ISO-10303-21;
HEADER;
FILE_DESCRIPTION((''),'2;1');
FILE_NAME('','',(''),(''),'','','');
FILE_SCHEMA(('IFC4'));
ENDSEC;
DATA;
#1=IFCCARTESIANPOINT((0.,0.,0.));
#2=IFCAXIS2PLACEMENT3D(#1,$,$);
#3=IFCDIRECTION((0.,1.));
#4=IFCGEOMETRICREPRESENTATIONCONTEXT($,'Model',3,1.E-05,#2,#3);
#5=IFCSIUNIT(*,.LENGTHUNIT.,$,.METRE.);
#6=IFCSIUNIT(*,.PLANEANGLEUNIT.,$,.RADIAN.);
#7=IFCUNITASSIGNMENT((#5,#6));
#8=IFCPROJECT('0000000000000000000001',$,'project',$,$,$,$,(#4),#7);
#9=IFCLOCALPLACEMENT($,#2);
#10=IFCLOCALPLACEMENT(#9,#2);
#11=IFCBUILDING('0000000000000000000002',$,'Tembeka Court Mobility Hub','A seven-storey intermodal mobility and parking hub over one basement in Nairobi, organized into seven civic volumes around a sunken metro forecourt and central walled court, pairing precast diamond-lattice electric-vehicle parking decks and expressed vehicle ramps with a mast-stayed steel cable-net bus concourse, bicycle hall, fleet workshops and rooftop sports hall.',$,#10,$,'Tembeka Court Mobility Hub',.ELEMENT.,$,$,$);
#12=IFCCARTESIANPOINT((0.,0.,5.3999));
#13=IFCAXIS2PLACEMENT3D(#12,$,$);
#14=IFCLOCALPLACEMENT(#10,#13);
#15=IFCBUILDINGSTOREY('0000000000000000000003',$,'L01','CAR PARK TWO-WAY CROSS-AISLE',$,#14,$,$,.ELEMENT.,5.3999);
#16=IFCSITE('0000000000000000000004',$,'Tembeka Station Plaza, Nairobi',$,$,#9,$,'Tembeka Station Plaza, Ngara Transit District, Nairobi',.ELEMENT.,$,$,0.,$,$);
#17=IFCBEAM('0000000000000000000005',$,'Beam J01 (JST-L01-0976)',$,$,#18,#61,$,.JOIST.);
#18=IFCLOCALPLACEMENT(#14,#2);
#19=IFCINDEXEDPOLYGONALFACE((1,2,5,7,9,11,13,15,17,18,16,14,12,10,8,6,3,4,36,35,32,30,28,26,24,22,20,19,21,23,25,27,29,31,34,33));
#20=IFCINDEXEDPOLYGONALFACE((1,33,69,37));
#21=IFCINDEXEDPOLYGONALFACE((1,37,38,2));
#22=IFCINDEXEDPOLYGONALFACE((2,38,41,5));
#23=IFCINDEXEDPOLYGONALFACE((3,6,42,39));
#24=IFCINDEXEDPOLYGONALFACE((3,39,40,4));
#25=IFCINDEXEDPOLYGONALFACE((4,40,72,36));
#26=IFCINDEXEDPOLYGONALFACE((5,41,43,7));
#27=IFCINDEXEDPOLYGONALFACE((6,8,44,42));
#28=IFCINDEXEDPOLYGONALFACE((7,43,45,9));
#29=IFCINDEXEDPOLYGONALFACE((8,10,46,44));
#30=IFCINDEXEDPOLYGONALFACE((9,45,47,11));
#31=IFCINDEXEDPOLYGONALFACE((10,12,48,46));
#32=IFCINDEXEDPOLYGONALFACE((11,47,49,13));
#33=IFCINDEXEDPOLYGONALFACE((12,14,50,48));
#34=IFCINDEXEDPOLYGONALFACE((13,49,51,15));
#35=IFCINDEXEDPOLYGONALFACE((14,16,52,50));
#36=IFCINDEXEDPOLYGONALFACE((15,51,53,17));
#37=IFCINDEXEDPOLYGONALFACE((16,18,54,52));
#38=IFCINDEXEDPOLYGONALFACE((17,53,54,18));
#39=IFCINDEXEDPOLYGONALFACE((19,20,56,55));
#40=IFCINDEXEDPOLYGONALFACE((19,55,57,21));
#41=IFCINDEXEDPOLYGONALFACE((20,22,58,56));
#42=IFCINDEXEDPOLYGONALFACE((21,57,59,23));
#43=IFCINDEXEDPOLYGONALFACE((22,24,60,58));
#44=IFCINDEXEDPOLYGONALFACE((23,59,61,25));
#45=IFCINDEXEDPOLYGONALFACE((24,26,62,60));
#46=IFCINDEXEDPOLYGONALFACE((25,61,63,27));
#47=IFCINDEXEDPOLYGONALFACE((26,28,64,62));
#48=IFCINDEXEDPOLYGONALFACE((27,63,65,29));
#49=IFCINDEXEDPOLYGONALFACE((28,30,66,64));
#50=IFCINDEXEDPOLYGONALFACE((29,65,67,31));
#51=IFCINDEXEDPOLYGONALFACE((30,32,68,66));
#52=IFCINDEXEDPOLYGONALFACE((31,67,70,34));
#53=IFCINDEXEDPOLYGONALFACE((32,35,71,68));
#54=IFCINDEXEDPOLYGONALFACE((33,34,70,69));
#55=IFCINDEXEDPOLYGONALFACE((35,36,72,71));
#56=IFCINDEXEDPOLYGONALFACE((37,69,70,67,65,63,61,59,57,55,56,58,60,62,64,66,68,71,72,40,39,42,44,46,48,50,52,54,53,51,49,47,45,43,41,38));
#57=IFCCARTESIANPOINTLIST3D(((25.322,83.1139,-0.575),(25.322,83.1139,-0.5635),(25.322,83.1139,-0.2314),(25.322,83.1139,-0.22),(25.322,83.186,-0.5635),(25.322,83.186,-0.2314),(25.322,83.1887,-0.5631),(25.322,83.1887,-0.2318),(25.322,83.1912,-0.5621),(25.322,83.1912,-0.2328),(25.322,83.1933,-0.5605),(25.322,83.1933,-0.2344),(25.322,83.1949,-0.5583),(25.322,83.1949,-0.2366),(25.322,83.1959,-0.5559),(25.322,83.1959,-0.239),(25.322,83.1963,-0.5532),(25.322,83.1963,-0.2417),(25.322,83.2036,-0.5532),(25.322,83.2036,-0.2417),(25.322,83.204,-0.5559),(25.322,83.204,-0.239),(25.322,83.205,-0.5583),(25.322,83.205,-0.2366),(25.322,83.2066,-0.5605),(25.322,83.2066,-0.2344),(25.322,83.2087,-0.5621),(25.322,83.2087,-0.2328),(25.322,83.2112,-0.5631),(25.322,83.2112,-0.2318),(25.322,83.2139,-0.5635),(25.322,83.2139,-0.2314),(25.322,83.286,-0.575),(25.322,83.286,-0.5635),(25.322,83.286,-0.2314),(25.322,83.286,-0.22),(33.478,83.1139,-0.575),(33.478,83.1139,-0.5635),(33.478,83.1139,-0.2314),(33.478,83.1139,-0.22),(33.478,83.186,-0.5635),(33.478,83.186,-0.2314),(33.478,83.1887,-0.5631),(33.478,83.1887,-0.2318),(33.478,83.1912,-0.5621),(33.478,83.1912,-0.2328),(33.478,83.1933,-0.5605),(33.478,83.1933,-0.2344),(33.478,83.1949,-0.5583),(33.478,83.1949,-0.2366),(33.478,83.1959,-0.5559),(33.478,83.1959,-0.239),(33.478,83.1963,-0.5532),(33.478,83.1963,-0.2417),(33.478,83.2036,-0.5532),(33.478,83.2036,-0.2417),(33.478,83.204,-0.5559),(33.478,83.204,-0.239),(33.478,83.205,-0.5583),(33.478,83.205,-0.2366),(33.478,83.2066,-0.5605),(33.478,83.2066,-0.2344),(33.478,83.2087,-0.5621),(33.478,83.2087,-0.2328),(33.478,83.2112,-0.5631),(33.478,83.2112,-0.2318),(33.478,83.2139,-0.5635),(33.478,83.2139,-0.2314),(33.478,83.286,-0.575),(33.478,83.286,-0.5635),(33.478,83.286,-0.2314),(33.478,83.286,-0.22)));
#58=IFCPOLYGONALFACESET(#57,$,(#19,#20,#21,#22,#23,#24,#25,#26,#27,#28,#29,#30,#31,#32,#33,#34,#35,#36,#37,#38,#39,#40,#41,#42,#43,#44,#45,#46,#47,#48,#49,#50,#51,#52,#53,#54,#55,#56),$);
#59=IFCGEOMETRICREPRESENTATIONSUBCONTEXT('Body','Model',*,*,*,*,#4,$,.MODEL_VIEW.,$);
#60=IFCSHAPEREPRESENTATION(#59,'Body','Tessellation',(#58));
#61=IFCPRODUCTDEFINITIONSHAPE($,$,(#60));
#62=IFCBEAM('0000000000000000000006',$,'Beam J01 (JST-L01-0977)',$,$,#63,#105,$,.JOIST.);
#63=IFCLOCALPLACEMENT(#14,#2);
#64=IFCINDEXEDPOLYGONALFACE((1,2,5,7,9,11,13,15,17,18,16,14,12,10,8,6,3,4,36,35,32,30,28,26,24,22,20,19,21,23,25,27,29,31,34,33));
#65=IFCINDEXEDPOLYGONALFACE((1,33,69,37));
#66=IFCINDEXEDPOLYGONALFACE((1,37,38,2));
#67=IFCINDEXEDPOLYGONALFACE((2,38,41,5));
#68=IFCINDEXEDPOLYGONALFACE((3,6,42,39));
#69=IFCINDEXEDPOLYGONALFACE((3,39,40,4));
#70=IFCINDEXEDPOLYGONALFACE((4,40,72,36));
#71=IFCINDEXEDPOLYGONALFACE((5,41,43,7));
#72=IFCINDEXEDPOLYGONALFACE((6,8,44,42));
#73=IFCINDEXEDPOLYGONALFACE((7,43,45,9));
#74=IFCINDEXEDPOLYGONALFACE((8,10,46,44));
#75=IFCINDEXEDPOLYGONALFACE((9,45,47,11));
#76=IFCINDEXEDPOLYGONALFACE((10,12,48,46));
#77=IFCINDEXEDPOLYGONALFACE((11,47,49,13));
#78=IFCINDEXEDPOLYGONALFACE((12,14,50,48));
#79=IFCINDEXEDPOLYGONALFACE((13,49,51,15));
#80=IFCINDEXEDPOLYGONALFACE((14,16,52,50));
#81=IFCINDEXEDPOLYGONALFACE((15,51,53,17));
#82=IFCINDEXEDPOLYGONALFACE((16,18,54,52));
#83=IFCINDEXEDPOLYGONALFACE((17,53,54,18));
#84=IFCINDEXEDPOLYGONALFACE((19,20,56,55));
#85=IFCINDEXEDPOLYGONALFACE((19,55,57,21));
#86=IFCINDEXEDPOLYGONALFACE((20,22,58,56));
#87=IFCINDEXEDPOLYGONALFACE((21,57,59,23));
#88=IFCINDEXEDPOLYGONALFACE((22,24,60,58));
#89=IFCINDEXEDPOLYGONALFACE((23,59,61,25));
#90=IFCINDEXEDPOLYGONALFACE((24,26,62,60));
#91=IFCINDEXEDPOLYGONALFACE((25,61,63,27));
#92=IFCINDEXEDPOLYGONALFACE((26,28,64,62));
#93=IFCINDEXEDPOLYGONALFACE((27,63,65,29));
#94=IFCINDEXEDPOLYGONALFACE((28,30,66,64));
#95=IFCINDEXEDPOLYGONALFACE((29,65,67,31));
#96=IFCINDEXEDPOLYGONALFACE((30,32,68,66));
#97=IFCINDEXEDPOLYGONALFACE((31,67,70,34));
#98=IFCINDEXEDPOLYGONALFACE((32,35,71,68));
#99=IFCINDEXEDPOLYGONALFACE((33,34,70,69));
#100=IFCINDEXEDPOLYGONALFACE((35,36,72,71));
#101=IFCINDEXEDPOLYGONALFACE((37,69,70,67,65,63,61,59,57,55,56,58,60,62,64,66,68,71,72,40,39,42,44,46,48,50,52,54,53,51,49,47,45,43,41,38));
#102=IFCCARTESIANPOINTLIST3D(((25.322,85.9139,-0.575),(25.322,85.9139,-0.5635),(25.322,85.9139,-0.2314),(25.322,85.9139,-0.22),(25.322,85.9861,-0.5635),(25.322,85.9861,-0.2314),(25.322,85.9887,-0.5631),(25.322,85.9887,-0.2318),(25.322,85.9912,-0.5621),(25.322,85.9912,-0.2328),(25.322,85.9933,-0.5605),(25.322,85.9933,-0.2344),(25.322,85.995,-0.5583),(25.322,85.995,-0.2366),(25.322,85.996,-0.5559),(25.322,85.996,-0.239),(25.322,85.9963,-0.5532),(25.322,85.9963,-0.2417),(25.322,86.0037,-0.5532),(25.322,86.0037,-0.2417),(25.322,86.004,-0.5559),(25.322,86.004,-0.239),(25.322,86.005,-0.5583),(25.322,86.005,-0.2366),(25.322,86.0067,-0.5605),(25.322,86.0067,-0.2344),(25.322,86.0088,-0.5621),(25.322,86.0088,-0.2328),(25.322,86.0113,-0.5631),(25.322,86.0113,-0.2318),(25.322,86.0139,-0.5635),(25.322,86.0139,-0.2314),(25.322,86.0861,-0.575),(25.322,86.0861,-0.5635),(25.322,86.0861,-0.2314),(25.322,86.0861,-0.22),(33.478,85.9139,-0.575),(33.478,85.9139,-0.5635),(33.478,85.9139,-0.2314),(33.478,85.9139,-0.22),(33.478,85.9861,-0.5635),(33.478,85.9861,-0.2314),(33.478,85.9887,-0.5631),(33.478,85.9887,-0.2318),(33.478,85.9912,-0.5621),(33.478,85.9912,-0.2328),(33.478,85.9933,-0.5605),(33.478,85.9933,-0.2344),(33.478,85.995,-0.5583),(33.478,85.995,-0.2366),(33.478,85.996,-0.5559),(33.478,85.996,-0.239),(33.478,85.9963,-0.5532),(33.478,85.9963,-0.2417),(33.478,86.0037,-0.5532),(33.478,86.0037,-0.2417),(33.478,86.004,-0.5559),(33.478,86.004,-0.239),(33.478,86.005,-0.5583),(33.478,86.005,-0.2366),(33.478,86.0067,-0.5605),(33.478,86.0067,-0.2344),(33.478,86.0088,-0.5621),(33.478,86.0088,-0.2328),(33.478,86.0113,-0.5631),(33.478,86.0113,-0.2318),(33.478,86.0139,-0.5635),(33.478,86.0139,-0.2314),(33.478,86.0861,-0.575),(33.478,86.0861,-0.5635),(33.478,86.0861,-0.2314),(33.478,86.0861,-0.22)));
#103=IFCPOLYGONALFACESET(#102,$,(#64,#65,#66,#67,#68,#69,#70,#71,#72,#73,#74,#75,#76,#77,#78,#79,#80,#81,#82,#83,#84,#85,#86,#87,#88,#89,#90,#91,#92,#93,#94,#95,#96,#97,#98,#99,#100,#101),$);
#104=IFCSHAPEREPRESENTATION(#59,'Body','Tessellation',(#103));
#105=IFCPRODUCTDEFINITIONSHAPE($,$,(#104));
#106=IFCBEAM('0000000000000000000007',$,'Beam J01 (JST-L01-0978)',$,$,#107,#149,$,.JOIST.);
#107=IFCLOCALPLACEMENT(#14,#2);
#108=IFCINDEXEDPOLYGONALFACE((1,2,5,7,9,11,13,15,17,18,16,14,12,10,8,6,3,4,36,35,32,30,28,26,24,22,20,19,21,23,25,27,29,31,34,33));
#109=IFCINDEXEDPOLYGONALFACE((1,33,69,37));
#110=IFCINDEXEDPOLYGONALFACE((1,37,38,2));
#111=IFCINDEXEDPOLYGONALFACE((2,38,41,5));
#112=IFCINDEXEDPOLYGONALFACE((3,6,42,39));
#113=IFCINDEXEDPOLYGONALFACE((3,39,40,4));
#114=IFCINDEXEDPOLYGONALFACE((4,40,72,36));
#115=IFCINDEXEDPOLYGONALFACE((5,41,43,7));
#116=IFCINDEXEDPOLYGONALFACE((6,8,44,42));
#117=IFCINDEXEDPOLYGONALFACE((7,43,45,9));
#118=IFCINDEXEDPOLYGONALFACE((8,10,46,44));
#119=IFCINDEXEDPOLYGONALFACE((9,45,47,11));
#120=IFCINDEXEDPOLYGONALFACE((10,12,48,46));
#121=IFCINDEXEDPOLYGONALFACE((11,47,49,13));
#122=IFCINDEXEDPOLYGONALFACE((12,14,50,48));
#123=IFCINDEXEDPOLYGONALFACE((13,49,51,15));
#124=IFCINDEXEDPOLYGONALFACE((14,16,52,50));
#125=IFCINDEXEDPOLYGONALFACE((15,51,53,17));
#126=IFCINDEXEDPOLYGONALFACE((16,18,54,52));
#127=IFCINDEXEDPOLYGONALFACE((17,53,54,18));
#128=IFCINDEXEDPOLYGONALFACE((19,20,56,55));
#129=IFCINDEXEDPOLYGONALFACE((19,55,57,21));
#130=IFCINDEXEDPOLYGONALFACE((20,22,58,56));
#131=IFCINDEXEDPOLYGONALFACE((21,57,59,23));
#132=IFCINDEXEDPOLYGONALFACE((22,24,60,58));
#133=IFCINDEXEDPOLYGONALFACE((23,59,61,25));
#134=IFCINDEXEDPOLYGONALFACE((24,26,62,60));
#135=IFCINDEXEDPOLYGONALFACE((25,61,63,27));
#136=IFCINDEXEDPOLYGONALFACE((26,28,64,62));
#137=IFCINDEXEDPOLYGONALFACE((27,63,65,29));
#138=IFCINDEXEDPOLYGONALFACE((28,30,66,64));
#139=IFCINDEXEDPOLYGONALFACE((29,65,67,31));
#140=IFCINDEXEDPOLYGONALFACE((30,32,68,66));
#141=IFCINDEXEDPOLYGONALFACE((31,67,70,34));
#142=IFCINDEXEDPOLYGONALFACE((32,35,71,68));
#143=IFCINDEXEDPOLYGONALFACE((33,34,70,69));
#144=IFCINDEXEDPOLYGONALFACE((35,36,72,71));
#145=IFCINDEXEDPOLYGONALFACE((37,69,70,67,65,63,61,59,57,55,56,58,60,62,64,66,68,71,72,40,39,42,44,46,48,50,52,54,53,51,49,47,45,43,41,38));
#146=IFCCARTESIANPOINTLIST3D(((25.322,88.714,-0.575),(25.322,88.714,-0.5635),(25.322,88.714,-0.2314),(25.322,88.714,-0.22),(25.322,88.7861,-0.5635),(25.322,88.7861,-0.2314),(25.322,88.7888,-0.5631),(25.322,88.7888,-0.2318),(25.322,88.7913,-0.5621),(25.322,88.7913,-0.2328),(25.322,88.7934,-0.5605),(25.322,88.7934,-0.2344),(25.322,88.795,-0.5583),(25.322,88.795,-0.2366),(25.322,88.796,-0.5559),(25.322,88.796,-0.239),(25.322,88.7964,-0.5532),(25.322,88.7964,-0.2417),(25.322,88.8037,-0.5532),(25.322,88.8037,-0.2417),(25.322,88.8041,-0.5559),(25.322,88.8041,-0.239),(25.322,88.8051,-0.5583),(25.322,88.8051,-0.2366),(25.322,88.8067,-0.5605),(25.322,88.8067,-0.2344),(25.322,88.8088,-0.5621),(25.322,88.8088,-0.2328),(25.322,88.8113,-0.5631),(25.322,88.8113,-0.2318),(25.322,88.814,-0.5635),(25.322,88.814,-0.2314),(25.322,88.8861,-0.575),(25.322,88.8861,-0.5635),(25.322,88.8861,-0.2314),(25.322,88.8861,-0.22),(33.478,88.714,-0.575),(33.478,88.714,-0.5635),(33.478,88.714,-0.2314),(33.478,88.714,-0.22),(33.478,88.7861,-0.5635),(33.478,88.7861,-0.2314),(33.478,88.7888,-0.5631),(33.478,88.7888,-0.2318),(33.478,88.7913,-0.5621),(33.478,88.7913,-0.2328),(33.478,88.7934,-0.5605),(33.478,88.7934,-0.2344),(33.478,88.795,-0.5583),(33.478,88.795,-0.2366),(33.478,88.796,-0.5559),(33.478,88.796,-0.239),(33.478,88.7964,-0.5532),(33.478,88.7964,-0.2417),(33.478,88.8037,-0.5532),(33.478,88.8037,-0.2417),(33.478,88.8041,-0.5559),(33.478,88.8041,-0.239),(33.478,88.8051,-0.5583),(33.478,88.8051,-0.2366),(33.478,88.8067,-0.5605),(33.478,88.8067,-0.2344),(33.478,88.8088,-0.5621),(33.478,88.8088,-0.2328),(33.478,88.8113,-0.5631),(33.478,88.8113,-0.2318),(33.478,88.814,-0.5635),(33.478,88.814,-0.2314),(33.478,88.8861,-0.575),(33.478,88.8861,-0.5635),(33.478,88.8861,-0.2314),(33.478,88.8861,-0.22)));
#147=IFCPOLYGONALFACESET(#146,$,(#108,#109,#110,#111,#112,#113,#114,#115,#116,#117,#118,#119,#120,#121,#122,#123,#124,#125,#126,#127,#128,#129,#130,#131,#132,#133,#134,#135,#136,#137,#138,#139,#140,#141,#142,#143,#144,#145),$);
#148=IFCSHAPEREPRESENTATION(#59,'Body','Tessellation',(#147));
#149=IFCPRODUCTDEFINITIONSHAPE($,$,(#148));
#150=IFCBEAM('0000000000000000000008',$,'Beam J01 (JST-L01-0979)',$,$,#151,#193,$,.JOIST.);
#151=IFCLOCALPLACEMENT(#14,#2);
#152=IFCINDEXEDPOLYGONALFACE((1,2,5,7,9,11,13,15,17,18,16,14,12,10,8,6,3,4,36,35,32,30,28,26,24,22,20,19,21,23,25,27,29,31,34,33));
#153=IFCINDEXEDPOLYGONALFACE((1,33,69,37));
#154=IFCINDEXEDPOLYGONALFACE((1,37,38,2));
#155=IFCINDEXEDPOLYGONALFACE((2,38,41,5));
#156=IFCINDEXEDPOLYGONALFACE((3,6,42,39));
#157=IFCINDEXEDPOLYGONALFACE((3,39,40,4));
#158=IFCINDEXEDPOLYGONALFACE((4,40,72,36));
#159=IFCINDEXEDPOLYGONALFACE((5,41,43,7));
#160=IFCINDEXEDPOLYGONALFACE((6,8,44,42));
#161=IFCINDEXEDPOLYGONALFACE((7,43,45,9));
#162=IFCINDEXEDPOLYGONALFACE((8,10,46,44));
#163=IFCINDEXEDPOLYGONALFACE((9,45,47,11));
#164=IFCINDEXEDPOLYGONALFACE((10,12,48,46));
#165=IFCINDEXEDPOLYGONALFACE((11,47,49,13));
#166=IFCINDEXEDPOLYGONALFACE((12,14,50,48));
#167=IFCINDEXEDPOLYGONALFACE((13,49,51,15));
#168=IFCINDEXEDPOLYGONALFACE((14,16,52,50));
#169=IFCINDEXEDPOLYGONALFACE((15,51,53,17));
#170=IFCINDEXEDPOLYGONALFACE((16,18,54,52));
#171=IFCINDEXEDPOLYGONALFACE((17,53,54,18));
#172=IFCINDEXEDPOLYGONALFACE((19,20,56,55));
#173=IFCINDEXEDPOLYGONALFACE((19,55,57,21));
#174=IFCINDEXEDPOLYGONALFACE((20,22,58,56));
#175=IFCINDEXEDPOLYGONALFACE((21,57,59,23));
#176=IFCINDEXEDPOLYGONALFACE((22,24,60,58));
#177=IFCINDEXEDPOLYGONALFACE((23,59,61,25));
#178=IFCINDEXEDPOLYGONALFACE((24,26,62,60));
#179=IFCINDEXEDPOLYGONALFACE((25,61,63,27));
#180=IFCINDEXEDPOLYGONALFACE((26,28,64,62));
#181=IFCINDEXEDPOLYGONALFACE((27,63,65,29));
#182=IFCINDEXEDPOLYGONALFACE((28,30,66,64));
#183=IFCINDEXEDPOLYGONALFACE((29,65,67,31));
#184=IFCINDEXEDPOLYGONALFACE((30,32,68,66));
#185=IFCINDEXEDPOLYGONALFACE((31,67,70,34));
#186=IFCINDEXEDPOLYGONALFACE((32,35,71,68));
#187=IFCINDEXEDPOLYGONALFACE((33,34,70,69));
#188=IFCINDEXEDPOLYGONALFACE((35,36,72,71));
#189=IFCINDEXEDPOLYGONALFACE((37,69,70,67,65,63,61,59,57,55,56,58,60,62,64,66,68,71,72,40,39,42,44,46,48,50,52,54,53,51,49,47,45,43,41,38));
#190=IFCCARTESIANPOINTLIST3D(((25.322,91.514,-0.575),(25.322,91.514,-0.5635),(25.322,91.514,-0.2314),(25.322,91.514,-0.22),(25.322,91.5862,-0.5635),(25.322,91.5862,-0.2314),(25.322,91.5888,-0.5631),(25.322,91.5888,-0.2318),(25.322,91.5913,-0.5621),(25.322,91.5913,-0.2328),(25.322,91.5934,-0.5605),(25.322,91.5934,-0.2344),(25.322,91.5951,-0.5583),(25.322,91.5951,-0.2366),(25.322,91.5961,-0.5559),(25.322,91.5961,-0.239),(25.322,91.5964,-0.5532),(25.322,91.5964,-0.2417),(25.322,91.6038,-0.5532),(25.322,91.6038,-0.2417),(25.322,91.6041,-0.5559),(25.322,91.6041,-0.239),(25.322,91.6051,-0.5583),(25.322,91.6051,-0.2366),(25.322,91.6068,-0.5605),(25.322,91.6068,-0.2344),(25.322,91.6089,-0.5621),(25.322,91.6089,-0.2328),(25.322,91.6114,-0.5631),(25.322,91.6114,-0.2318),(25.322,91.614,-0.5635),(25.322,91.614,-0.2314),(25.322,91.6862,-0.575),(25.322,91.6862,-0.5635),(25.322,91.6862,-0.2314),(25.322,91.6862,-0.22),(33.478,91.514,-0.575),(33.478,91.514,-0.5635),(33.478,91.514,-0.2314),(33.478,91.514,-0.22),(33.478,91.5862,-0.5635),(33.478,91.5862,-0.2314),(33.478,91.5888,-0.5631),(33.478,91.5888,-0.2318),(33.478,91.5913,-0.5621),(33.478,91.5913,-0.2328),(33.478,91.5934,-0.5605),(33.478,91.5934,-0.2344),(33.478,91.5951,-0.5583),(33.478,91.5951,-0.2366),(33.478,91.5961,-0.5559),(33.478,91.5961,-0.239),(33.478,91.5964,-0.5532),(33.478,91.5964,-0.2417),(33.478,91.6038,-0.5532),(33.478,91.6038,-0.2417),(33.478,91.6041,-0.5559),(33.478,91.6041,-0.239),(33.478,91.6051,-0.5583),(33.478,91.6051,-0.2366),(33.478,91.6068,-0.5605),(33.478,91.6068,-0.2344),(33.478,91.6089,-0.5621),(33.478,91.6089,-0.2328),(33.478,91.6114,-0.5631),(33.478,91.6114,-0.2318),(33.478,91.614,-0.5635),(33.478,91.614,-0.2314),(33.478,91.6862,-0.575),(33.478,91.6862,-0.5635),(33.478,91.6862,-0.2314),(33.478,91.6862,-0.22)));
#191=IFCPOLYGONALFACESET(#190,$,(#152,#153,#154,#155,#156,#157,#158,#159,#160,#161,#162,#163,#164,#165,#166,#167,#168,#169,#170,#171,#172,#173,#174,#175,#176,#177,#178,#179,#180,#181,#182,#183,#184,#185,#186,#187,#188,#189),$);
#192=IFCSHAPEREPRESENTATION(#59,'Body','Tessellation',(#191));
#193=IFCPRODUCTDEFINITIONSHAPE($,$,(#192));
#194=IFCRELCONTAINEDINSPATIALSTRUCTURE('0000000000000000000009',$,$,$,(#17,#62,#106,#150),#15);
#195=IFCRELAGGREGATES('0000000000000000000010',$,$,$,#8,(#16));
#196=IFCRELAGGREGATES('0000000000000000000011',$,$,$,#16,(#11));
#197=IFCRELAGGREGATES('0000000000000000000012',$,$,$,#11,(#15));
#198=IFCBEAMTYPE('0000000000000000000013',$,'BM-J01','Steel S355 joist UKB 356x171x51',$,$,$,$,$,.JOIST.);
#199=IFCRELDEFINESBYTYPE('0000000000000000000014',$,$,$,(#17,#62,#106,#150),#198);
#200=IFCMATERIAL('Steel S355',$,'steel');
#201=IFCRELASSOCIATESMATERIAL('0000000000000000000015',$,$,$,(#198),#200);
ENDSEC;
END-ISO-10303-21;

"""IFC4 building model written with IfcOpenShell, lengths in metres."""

from ifc_helpers import new_model, si_unit, direction, frame, origin, origin_2d, place, context, subcontext, project, spatial, i_section, extrude, material, material_profile, profile_set, type_object, element, save


model = new_model("IFC4")

# Units and contexts
model_context = context("Model", 3, precision=1e-05, world=origin(), true_north=direction((0.0, 1.0)))
body_context = subcontext(model_context, "Body", "Model", "MODEL_VIEW")
ifc_project = project(units=[si_unit("LENGTHUNIT", "METRE"), si_unit("PLANEANGLEUNIT", "RADIAN")], contexts=[model_context])

# Site, building, storey
site_placement = place(None, origin())
site = spatial("IfcSite", under=ifc_project, at=site_placement, Name="Tembeka Station Plaza, Nairobi", LongName="Tembeka Station Plaza, Ngara Transit District, Nairobi", CompositionType="ELEMENT", RefElevation=0.0)
building_placement = place(site_placement, origin())
building = spatial("IfcBuilding", under=site, at=building_placement, Name="Tembeka Court Mobility Hub", Description="A seven-storey intermodal mobility and parking hub over one basement in Nairobi, organized into seven civic volumes around a sunken metro forecourt and central walled court, pairing precast diamond-lattice electric-vehicle parking decks and expressed vehicle ramps with a mast-stayed steel cable-net bus concourse, bicycle hall, fleet workshops and rooftop sports hall.", LongName="Tembeka Court Mobility Hub", CompositionType="ELEMENT")
storey_placement = place(building_placement, frame((0.0, 0.0, 5.3999)))
storey = spatial("IfcBuildingStorey", under=building, at=storey_placement, Name="L01", Description="CAR PARK TWO-WAY CROSS-AISLE", CompositionType="ELEMENT", Elevation=5.3999)

# Shared definitions
ifc_material = material(Name="Steel S355", Category="steel")

# Beams
ifc_material_profile_1 = material_profile(ifc_material, i_section(OverallWidth=0.1721, OverallDepth=0.355, WebThickness=0.0073, FlangeThickness=0.0115, FilletRadius=0.0103, at=origin_2d()), Name="UKB 356x171x51")
ifc_profile_set_1 = profile_set([ifc_material_profile_1], Name="Steel S355")
beam_type_1 = type_object("IfcBeamType", Name="BM-J01", Description="Steel S355 joist UKB 356x171x51", PredefinedType="JOIST", material=ifc_profile_set_1)
for number, where, z_axis, x_axis, name in (
    (1, (25.322, 83.2, -0.3975), (1.0, 0.0, 0.0), (0.0, 1.0, 0.0), "Beam J01 (JST-L01-0976)"),
    (2, (25.322, 86.0, -0.3975), (1.0, 0.0, 0.0), (0.0, 1.0, 0.0), "Beam J01 (JST-L01-0977)"),
    (3, (25.322, 88.8, -0.3975), (1.0, 0.0, 0.0), (0.0, 1.0, 0.0), "Beam J01 (JST-L01-0978)"),
    (4, (25.322, 91.6001, -0.3975), (1.0, 0.0, 0.0), (0.0, 1.0, 0.0), "Beam J01 (JST-L01-0979)"),
):
    element("IfcBeam", number, at=place(storey_placement, frame(where, z_axis=z_axis, x_axis=x_axis)), inside=storey, type_object=beam_type_1, Name=name, PredefinedType="JOIST", context=body_context, shape_type="SweptSolid", body=[
        extrude(i_section(OverallWidth=0.1721, OverallDepth=0.355, WebThickness=0.0073, FlangeThickness=0.0115, FilletRadius=0.0103, at=origin_2d()), origin(), (0.0, 0.0, 1.0), 8.156),
    ])

save(model, "model.ifc")
